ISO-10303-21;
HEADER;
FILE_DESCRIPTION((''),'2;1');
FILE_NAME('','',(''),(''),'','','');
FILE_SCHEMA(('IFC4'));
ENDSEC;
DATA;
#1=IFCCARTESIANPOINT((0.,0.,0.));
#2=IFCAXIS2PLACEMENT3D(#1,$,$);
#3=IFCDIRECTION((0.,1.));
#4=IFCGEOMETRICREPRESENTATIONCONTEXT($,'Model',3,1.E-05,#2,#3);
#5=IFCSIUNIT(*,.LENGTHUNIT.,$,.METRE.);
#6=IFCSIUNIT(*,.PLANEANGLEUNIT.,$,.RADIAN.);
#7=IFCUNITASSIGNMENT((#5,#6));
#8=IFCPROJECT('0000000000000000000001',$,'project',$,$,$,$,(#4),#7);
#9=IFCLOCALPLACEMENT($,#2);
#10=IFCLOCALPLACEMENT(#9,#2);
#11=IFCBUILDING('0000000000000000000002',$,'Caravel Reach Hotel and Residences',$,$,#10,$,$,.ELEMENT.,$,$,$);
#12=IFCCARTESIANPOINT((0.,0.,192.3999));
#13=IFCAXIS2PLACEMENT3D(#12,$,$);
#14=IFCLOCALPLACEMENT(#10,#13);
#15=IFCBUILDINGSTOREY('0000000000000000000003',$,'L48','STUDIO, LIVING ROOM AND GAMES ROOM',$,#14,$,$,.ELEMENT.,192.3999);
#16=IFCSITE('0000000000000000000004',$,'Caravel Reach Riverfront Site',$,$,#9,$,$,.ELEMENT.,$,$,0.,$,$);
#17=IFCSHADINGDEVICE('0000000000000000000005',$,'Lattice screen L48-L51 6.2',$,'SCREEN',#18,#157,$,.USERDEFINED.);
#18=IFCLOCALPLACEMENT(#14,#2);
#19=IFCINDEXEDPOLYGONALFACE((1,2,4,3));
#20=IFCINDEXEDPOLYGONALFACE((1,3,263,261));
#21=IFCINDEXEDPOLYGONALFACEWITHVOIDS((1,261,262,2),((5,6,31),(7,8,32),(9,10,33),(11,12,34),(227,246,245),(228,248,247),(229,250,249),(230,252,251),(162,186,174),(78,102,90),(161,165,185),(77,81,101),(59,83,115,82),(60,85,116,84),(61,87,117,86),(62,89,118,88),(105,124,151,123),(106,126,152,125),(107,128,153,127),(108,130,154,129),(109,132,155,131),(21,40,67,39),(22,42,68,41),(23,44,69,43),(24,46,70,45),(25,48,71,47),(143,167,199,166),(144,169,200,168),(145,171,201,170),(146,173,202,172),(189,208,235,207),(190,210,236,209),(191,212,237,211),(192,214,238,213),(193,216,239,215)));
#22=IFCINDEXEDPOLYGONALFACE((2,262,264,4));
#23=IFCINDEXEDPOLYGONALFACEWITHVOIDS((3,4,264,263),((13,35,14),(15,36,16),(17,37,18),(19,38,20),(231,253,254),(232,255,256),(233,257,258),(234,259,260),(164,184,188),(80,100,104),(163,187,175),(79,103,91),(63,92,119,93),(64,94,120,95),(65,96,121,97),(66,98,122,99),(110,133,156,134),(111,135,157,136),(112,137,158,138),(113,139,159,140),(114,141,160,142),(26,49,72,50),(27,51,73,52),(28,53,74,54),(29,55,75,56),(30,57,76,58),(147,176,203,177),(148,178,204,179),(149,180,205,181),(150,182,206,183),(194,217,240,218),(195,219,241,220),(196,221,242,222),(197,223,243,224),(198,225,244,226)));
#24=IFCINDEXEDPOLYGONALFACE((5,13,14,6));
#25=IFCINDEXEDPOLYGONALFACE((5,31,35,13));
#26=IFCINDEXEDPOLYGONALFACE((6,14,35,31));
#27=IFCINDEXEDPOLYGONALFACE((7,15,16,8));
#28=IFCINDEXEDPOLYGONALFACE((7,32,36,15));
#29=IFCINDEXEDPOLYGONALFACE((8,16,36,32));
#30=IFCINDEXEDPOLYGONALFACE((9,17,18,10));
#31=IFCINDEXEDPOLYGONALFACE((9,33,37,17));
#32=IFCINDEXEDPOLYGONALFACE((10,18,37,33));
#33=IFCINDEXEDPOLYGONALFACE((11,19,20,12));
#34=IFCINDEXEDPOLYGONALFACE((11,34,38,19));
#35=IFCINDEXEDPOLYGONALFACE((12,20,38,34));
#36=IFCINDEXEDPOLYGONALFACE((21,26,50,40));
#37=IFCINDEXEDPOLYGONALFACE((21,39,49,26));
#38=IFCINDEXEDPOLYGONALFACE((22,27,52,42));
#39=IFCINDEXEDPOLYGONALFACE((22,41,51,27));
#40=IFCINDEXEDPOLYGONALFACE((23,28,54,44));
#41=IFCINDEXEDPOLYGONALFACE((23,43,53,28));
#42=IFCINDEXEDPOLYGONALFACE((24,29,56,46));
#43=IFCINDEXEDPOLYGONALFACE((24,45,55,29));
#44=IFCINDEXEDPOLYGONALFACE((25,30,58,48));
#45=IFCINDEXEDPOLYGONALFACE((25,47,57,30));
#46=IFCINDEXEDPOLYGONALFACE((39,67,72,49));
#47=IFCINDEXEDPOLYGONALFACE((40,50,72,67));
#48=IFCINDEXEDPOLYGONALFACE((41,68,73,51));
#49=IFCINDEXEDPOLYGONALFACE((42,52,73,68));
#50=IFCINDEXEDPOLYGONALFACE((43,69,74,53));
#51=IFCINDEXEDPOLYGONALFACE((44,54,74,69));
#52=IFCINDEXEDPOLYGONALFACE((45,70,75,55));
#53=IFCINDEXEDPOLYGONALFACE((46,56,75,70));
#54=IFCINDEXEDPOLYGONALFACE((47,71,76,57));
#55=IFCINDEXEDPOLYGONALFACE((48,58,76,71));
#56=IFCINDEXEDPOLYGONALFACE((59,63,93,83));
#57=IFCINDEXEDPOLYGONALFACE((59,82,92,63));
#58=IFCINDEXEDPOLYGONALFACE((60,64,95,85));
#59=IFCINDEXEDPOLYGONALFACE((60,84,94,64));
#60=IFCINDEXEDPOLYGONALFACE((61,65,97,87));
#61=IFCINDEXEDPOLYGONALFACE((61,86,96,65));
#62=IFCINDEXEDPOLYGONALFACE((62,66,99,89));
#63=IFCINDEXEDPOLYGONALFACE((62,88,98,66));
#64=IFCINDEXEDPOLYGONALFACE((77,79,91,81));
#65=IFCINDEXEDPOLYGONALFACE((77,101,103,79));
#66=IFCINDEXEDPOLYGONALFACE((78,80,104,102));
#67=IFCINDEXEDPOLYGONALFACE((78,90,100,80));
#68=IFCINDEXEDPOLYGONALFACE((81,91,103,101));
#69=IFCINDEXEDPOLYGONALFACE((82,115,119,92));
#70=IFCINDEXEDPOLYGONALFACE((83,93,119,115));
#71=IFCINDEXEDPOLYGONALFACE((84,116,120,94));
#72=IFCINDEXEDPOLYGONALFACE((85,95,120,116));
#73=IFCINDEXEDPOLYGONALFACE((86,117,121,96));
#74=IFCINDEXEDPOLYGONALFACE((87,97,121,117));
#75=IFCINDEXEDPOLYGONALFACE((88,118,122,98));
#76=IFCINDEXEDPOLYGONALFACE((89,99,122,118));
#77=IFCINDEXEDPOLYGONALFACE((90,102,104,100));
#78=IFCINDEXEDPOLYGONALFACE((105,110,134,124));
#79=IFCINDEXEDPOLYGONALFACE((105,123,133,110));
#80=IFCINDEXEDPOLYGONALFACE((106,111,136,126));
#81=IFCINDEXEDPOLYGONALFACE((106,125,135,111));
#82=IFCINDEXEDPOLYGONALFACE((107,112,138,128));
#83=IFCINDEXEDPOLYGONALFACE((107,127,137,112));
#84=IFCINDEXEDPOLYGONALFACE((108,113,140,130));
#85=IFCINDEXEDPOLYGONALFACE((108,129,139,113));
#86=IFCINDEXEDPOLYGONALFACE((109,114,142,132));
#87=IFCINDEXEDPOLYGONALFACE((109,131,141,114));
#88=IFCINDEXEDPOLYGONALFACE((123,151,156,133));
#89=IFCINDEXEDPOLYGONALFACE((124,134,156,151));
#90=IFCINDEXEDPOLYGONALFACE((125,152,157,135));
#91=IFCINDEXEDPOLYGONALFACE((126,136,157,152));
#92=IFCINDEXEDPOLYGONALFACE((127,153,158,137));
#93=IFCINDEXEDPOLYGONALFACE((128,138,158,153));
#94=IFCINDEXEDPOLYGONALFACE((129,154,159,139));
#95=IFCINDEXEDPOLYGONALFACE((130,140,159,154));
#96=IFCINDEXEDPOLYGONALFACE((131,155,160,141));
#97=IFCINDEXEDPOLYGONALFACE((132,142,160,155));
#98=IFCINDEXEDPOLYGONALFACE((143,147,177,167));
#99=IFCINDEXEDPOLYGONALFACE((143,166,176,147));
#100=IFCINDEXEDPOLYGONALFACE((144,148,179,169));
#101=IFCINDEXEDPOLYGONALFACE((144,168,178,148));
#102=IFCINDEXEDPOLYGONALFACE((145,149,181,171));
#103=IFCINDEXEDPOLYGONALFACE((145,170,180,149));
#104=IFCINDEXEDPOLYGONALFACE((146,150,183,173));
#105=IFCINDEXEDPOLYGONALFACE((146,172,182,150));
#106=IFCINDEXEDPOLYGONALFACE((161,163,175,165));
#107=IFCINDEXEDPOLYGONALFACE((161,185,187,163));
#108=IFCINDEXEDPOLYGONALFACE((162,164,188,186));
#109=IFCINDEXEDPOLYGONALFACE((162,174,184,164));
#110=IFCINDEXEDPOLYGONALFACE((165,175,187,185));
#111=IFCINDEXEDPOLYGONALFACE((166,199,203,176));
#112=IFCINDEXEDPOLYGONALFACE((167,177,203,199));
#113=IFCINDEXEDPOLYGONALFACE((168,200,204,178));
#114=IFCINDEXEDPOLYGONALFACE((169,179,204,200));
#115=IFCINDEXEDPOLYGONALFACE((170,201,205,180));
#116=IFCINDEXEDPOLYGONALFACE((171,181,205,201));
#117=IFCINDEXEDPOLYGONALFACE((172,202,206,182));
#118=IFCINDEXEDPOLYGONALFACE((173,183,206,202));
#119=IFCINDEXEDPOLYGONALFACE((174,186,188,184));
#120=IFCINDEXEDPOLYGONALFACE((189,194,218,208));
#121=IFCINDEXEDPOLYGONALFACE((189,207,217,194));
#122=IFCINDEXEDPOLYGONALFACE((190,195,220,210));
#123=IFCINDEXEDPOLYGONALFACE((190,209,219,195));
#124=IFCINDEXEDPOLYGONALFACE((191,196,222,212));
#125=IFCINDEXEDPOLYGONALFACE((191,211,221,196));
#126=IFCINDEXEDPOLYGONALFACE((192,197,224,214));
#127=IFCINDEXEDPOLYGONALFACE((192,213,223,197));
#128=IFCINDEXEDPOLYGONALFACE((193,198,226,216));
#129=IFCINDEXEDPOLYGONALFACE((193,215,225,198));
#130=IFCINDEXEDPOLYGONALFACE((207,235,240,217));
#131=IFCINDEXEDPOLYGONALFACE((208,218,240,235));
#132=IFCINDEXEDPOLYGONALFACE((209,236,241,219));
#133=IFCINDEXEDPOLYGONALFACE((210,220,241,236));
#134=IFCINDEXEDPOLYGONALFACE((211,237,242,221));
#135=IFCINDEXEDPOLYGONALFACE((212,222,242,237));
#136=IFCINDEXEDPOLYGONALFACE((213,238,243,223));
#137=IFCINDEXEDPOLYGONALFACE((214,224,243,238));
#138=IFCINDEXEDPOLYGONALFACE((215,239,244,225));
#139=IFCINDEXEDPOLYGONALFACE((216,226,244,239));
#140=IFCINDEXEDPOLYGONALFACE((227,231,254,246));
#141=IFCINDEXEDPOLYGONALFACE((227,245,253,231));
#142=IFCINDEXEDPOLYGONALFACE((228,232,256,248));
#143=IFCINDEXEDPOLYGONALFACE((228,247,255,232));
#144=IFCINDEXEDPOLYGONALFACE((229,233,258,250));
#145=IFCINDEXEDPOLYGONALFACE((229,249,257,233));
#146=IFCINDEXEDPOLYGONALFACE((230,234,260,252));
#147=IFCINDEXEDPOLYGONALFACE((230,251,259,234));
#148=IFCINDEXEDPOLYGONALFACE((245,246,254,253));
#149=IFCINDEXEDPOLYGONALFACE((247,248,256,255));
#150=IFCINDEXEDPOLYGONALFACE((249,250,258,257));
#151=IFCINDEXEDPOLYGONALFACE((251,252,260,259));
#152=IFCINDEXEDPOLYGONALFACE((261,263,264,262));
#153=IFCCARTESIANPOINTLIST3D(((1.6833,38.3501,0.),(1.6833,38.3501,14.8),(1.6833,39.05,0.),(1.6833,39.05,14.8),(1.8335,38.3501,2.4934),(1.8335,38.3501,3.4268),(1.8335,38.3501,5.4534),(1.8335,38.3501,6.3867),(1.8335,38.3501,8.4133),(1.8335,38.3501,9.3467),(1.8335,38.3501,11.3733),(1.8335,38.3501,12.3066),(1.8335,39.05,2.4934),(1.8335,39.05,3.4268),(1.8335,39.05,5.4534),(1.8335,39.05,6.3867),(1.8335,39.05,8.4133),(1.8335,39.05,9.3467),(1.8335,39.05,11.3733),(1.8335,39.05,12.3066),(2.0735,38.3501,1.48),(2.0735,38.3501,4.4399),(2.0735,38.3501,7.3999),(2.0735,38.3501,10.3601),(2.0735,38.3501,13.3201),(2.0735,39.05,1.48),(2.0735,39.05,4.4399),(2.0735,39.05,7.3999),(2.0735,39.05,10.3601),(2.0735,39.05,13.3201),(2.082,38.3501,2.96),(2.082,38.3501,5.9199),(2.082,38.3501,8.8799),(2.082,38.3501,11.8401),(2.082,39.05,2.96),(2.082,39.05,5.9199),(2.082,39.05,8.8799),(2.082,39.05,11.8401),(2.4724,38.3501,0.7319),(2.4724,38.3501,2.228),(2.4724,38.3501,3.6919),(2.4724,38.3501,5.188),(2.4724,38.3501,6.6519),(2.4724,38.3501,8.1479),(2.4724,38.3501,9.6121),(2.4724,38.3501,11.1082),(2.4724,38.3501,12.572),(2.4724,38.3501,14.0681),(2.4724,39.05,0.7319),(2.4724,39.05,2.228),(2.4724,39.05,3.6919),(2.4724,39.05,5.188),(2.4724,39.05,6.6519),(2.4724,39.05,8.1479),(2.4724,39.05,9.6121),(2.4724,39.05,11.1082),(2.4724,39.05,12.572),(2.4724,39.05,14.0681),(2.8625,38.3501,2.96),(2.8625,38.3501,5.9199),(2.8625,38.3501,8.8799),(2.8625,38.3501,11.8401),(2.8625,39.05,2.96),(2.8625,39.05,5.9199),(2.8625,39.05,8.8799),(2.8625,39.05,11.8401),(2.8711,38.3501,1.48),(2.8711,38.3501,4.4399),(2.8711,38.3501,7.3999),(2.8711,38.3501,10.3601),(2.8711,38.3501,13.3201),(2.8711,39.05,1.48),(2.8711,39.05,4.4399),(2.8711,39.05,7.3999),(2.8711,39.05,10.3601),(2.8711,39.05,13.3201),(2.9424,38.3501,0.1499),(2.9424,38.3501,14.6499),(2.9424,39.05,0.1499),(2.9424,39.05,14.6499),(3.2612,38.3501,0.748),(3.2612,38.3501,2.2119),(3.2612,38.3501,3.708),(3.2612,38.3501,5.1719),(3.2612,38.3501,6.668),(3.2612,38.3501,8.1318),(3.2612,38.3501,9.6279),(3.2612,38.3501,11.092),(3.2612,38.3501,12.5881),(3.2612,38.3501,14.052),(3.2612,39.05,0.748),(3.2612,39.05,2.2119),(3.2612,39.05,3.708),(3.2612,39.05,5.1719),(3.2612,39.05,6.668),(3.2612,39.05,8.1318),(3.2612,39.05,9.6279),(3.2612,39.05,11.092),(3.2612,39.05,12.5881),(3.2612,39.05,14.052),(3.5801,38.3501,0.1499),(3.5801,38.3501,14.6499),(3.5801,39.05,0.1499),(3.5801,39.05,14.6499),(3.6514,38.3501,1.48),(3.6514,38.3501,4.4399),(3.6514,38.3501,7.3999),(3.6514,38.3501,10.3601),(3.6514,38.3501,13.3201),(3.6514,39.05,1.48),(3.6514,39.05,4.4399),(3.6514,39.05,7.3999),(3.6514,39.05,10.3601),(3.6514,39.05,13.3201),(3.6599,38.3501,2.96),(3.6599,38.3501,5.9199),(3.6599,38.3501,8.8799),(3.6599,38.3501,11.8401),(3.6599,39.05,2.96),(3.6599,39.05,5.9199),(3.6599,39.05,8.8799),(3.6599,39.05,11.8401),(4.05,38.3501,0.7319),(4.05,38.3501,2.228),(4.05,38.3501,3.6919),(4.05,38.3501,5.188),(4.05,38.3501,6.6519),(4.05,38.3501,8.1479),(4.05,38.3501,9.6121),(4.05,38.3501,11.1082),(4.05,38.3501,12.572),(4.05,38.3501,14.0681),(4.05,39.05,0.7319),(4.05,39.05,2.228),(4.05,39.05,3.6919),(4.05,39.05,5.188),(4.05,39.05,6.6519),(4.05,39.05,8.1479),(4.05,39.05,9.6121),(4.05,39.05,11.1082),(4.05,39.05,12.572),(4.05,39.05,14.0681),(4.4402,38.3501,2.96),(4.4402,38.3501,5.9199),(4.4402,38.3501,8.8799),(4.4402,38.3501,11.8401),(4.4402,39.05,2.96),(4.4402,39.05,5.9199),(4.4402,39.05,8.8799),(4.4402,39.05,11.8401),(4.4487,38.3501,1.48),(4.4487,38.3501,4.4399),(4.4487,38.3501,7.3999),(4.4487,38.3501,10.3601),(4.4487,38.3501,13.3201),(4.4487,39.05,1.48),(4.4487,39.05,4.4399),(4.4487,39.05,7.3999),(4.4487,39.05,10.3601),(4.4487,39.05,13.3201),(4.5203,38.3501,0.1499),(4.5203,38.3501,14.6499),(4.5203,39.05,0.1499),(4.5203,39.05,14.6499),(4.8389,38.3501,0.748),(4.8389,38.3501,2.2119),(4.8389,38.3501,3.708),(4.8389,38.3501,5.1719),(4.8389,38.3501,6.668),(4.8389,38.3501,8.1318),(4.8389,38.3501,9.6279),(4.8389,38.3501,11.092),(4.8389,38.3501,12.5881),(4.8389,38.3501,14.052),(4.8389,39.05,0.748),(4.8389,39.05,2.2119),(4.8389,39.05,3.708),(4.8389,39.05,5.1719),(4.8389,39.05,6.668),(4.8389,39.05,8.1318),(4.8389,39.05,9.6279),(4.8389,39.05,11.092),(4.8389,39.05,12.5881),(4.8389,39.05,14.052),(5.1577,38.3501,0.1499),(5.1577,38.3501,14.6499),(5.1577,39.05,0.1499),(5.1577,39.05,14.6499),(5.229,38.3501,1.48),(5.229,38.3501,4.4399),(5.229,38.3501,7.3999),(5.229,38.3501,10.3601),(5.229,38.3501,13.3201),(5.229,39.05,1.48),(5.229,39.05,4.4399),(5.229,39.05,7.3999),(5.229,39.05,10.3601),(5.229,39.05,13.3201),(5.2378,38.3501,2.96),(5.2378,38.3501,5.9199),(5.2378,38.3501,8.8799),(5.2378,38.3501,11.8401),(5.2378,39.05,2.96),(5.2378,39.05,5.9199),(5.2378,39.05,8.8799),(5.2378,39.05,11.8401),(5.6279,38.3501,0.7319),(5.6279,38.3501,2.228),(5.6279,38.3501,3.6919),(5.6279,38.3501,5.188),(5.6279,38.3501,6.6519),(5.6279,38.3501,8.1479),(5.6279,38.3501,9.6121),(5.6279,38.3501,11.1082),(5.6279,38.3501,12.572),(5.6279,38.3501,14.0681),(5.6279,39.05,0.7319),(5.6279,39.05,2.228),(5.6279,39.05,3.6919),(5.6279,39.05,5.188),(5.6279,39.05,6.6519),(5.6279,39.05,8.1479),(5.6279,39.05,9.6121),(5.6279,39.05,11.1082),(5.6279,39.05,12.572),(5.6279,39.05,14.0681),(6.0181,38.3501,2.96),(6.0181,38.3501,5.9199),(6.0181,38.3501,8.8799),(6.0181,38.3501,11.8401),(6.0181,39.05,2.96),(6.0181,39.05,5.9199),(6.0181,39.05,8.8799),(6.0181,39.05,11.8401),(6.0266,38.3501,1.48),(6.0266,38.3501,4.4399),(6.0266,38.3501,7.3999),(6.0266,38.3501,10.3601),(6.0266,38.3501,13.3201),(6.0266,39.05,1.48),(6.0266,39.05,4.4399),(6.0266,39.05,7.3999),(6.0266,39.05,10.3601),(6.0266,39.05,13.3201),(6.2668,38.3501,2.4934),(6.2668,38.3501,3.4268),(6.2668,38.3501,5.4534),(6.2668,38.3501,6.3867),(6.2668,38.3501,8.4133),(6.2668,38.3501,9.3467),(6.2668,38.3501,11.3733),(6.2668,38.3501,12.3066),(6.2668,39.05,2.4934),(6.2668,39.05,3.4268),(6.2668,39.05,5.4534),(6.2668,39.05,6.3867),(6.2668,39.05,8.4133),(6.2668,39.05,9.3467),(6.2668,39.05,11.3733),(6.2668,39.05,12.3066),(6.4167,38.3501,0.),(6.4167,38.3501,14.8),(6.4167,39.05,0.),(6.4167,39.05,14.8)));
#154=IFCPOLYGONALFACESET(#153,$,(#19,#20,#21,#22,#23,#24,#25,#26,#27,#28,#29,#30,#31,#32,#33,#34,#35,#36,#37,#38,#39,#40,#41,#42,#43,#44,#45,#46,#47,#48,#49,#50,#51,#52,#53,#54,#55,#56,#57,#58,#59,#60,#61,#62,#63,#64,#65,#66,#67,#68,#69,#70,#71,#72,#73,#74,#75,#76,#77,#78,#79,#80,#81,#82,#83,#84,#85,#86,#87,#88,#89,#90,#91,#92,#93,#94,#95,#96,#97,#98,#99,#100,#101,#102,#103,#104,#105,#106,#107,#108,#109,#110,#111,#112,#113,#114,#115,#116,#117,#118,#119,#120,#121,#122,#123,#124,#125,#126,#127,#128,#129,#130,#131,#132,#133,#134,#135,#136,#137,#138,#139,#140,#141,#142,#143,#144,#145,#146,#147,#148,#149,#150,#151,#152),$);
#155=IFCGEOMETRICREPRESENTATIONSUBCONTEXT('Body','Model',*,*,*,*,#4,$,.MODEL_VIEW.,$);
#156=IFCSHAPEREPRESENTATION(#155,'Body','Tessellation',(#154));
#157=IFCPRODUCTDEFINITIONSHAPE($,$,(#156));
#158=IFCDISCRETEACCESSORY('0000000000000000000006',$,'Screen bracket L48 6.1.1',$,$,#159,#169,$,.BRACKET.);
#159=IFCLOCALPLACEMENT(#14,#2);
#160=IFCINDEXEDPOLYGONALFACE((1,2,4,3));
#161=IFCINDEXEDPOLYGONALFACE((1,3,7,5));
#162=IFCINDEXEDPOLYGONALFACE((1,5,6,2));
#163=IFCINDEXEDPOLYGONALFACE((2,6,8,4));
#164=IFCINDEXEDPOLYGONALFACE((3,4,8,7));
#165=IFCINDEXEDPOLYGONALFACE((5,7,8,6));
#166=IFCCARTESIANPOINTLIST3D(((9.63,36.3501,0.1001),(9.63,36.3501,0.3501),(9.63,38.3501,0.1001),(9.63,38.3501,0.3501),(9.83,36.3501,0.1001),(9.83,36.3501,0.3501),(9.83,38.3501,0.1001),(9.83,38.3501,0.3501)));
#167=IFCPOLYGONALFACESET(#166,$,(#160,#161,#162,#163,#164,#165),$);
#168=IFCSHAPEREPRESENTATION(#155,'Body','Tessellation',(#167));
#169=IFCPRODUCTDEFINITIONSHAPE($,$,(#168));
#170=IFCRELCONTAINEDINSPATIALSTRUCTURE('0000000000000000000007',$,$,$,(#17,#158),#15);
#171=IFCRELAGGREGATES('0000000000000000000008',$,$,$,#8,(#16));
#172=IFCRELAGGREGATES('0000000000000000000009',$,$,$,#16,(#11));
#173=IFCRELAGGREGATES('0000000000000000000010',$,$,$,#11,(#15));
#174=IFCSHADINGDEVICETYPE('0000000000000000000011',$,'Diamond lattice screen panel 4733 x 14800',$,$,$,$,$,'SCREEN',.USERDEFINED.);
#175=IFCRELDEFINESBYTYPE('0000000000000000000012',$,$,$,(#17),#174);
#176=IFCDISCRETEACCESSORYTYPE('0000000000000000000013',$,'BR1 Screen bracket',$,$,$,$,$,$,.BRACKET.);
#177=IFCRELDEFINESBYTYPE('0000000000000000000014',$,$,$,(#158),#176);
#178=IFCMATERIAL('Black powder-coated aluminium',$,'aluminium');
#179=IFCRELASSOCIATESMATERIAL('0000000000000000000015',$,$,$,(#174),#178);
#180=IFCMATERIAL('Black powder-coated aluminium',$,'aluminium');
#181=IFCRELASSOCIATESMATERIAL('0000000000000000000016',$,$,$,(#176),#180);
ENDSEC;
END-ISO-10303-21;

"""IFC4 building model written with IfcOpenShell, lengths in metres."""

from ifc_helpers import new_model, si_unit, direction, frame, origin, origin_2d, place, context, subcontext, project, spatial, polyline, rectangle, outline, extrude, material, type_object, element, save


model = new_model("IFC4")

# Units and contexts
model_context = context("Model", 3, precision=1e-05, world=origin(), true_north=direction((0.0, 1.0)))
body_context = subcontext(model_context, "Body", "Model", "MODEL_VIEW")
ifc_project = project(units=[si_unit("LENGTHUNIT", "METRE"), si_unit("PLANEANGLEUNIT", "RADIAN")], contexts=[model_context])

# Site, building, storey
site_placement = place(None, origin())
site = spatial("IfcSite", under=ifc_project, at=site_placement, Name="Caravel Reach Riverfront Site", CompositionType="ELEMENT", RefElevation=0.0)
building_placement = place(site_placement, origin())
building = spatial("IfcBuilding", under=site, at=building_placement, Name="Caravel Reach Hotel and Residences", CompositionType="ELEMENT")
storey_placement = place(building_placement, frame((0.0, 0.0, 192.3999)))
storey = spatial("IfcBuildingStorey", under=building, at=storey_placement, Name="L48", Description="STUDIO, LIVING ROOM AND GAMES ROOM", CompositionType="ELEMENT", Elevation=192.3999)

# Shading device
ifc_material_1 = material(Name="Black powder-coated aluminium", Category="aluminium")
shading_device_type = type_object("IfcShadingDeviceType", Name="Diamond lattice screen panel 4733 x 14800", ElementType="SCREEN", PredefinedType="USERDEFINED", material=ifc_material_1)
shading_device_1_placement = place(storey_placement, frame((6.4167, 38.3501, 0.0), z_axis=(0.0, 1.0, 0.0), x_axis=(-1.0, 0.0, 0.0)))
element("IfcShadingDevice", 1, at=shading_device_1_placement, inside=storey, type_object=shading_device_type, Name="Lattice screen L48-L51 6.2", ObjectType="SCREEN", PredefinedType="USERDEFINED", context=body_context, shape_type="SweptSolid", body=[
    extrude(outline(polyline([(0.0, 0.0), (4.7334, 0.0), (4.7334, 14.8), (0.0, 14.8), (0.0, 0.0)]), holes=[polyline([(0.3987, 2.96), (0.1499, 3.4268), (0.1499, 2.4934), (0.3987, 2.96)]), polyline([(0.3987, 5.9199), (0.1499, 6.3867), (0.1499, 5.4534), (0.3987, 5.9199)]), polyline([(0.3987, 8.8799), (0.1499, 9.3467), (0.1499, 8.4133), (0.3987, 8.8799)]), polyline([(0.3987, 11.8401), (0.1499, 12.3066), (0.1499, 11.3733), (0.3987, 11.8401)]), polyline([(0.7888, 2.228), (0.3901, 1.48), (0.7888, 0.7319), (1.1877, 1.48), (0.7888, 2.228)]), polyline([(0.7888, 5.188), (0.3901, 4.4399), (0.7888, 3.6919), (1.1877, 4.4399), (0.7888, 5.188)]), polyline([(0.7888, 8.1479), (0.3901, 7.3999), (0.7888, 6.6519), (1.1877, 7.3999), (0.7888, 8.1479)]), polyline([(0.7888, 11.1082), (0.3901, 10.3601), (0.7888, 9.6121), (1.1877, 10.3601), (0.7888, 11.1082)]), polyline([(0.7888, 14.0681), (0.3901, 13.3201), (0.7888, 12.572), (1.1877, 13.3201), (0.7888, 14.0681)]), polyline([(1.5779, 0.748), (1.259, 0.1499), (1.8965, 0.1499), (1.5779, 0.748)]), polyline([(1.5779, 3.708), (1.179, 2.96), (1.5779, 2.2119), (1.9766, 2.96), (1.5779, 3.708)]), polyline([(1.5779, 6.668), (1.179, 5.9199), (1.5779, 5.1719), (1.9766, 5.9199), (1.5779, 6.668)]), polyline([(1.5779, 9.6279), (1.179, 8.8799), (1.5779, 8.1318), (1.9766, 8.8799), (1.5779, 9.6279)]), polyline([(1.5779, 12.5881), (1.179, 11.8401), (1.5779, 11.092), (1.9766, 11.8401), (1.5779, 12.5881)]), polyline([(1.5779, 14.052), (1.8965, 14.6499), (1.259, 14.6499), (1.5779, 14.052)]), polyline([(2.3667, 2.228), (1.968, 1.48), (2.3667, 0.7319), (2.7654, 1.48), (2.3667, 2.228)]), polyline([(2.3667, 5.188), (1.968, 4.4399), (2.3667, 3.6919), (2.7654, 4.4399), (2.3667, 5.188)]), polyline([(2.3667, 8.1479), (1.968, 7.3999), (2.3667, 6.6519), (2.7654, 7.3999), (2.3667, 8.1479)]), polyline([(2.3667, 11.1082), (1.968, 10.3601), (2.3667, 9.6121), (2.7654, 10.3601), (2.3667, 11.1082)]), polyline([(2.3667, 14.0681), (1.968, 13.3201), (2.3667, 12.572), (2.7654, 13.3201), (2.3667, 14.0681)]), polyline([(3.1555, 0.748), (2.8367, 0.1499), (3.4744, 0.1499), (3.1555, 0.748)]), polyline([(3.1555, 3.708), (2.7568, 2.96), (3.1555, 2.2119), (3.5542, 2.96), (3.1555, 3.708)]), polyline([(3.1555, 6.668), (2.7568, 5.9199), (3.1555, 5.1719), (3.5542, 5.9199), (3.1555, 6.668)]), polyline([(3.1555, 9.6279), (2.7568, 8.8799), (3.1555, 8.1318), (3.5542, 8.8799), (3.1555, 9.6279)]), polyline([(3.1555, 12.5881), (2.7568, 11.8401), (3.1555, 11.092), (3.5542, 11.8401), (3.1555, 12.5881)]), polyline([(3.1555, 14.052), (3.4744, 14.6499), (2.8367, 14.6499), (3.1555, 14.052)]), polyline([(3.9443, 2.228), (3.5457, 1.48), (3.9443, 0.7319), (4.3433, 1.48), (3.9443, 2.228)]), polyline([(3.9443, 5.188), (3.5457, 4.4399), (3.9443, 3.6919), (4.3433, 4.4399), (3.9443, 5.188)]), polyline([(3.9443, 8.1479), (3.5457, 7.3999), (3.9443, 6.6519), (4.3433, 7.3999), (3.9443, 8.1479)]), polyline([(3.9443, 11.1082), (3.5457, 10.3601), (3.9443, 9.6121), (4.3433, 10.3601), (3.9443, 11.1082)]), polyline([(3.9443, 14.0681), (3.5457, 13.3201), (3.9443, 12.572), (4.3433, 13.3201), (3.9443, 14.0681)]), polyline([(4.3347, 2.96), (4.5833, 2.4934), (4.5833, 3.4268), (4.3347, 2.96)]), polyline([(4.3347, 5.9199), (4.5833, 5.4534), (4.5833, 6.3867), (4.3347, 5.9199)]), polyline([(4.3347, 8.8799), (4.5833, 8.4133), (4.5833, 9.3467), (4.3347, 8.8799)]), polyline([(4.3347, 11.8401), (4.5833, 11.3733), (4.5833, 12.3066), (4.3347, 11.8401)])]), origin(), (0.0, 0.0, 1.0), 0.7),
])

# Discrete accessory
ifc_material_2 = material(Name="Black powder-coated aluminium", Category="aluminium")
discrete_accessory_type = type_object("IfcDiscreteAccessoryType", Name="BR1 Screen bracket", PredefinedType="BRACKET", material=ifc_material_2)
for number, where, z_axis, x_axis, name in (
    (2, (9.73, 37.3501, 0.1001), (0.0, 0.0, 1.0), (0.0, 1.0, 0.0), "Screen bracket L48 6.1.1"),
):
    element("IfcDiscreteAccessory", number, at=place(storey_placement, frame(where, z_axis=z_axis, x_axis=x_axis)), inside=storey, type_object=discrete_accessory_type, Name=name, PredefinedType="BRACKET", context=body_context, shape_type="SweptSolid", body=[
        extrude(rectangle(XDim=2.0, YDim=0.2, at=origin_2d()), origin(), (0.0, 0.0, 1.0), 0.25),
    ])

save(model, "model.ifc")
